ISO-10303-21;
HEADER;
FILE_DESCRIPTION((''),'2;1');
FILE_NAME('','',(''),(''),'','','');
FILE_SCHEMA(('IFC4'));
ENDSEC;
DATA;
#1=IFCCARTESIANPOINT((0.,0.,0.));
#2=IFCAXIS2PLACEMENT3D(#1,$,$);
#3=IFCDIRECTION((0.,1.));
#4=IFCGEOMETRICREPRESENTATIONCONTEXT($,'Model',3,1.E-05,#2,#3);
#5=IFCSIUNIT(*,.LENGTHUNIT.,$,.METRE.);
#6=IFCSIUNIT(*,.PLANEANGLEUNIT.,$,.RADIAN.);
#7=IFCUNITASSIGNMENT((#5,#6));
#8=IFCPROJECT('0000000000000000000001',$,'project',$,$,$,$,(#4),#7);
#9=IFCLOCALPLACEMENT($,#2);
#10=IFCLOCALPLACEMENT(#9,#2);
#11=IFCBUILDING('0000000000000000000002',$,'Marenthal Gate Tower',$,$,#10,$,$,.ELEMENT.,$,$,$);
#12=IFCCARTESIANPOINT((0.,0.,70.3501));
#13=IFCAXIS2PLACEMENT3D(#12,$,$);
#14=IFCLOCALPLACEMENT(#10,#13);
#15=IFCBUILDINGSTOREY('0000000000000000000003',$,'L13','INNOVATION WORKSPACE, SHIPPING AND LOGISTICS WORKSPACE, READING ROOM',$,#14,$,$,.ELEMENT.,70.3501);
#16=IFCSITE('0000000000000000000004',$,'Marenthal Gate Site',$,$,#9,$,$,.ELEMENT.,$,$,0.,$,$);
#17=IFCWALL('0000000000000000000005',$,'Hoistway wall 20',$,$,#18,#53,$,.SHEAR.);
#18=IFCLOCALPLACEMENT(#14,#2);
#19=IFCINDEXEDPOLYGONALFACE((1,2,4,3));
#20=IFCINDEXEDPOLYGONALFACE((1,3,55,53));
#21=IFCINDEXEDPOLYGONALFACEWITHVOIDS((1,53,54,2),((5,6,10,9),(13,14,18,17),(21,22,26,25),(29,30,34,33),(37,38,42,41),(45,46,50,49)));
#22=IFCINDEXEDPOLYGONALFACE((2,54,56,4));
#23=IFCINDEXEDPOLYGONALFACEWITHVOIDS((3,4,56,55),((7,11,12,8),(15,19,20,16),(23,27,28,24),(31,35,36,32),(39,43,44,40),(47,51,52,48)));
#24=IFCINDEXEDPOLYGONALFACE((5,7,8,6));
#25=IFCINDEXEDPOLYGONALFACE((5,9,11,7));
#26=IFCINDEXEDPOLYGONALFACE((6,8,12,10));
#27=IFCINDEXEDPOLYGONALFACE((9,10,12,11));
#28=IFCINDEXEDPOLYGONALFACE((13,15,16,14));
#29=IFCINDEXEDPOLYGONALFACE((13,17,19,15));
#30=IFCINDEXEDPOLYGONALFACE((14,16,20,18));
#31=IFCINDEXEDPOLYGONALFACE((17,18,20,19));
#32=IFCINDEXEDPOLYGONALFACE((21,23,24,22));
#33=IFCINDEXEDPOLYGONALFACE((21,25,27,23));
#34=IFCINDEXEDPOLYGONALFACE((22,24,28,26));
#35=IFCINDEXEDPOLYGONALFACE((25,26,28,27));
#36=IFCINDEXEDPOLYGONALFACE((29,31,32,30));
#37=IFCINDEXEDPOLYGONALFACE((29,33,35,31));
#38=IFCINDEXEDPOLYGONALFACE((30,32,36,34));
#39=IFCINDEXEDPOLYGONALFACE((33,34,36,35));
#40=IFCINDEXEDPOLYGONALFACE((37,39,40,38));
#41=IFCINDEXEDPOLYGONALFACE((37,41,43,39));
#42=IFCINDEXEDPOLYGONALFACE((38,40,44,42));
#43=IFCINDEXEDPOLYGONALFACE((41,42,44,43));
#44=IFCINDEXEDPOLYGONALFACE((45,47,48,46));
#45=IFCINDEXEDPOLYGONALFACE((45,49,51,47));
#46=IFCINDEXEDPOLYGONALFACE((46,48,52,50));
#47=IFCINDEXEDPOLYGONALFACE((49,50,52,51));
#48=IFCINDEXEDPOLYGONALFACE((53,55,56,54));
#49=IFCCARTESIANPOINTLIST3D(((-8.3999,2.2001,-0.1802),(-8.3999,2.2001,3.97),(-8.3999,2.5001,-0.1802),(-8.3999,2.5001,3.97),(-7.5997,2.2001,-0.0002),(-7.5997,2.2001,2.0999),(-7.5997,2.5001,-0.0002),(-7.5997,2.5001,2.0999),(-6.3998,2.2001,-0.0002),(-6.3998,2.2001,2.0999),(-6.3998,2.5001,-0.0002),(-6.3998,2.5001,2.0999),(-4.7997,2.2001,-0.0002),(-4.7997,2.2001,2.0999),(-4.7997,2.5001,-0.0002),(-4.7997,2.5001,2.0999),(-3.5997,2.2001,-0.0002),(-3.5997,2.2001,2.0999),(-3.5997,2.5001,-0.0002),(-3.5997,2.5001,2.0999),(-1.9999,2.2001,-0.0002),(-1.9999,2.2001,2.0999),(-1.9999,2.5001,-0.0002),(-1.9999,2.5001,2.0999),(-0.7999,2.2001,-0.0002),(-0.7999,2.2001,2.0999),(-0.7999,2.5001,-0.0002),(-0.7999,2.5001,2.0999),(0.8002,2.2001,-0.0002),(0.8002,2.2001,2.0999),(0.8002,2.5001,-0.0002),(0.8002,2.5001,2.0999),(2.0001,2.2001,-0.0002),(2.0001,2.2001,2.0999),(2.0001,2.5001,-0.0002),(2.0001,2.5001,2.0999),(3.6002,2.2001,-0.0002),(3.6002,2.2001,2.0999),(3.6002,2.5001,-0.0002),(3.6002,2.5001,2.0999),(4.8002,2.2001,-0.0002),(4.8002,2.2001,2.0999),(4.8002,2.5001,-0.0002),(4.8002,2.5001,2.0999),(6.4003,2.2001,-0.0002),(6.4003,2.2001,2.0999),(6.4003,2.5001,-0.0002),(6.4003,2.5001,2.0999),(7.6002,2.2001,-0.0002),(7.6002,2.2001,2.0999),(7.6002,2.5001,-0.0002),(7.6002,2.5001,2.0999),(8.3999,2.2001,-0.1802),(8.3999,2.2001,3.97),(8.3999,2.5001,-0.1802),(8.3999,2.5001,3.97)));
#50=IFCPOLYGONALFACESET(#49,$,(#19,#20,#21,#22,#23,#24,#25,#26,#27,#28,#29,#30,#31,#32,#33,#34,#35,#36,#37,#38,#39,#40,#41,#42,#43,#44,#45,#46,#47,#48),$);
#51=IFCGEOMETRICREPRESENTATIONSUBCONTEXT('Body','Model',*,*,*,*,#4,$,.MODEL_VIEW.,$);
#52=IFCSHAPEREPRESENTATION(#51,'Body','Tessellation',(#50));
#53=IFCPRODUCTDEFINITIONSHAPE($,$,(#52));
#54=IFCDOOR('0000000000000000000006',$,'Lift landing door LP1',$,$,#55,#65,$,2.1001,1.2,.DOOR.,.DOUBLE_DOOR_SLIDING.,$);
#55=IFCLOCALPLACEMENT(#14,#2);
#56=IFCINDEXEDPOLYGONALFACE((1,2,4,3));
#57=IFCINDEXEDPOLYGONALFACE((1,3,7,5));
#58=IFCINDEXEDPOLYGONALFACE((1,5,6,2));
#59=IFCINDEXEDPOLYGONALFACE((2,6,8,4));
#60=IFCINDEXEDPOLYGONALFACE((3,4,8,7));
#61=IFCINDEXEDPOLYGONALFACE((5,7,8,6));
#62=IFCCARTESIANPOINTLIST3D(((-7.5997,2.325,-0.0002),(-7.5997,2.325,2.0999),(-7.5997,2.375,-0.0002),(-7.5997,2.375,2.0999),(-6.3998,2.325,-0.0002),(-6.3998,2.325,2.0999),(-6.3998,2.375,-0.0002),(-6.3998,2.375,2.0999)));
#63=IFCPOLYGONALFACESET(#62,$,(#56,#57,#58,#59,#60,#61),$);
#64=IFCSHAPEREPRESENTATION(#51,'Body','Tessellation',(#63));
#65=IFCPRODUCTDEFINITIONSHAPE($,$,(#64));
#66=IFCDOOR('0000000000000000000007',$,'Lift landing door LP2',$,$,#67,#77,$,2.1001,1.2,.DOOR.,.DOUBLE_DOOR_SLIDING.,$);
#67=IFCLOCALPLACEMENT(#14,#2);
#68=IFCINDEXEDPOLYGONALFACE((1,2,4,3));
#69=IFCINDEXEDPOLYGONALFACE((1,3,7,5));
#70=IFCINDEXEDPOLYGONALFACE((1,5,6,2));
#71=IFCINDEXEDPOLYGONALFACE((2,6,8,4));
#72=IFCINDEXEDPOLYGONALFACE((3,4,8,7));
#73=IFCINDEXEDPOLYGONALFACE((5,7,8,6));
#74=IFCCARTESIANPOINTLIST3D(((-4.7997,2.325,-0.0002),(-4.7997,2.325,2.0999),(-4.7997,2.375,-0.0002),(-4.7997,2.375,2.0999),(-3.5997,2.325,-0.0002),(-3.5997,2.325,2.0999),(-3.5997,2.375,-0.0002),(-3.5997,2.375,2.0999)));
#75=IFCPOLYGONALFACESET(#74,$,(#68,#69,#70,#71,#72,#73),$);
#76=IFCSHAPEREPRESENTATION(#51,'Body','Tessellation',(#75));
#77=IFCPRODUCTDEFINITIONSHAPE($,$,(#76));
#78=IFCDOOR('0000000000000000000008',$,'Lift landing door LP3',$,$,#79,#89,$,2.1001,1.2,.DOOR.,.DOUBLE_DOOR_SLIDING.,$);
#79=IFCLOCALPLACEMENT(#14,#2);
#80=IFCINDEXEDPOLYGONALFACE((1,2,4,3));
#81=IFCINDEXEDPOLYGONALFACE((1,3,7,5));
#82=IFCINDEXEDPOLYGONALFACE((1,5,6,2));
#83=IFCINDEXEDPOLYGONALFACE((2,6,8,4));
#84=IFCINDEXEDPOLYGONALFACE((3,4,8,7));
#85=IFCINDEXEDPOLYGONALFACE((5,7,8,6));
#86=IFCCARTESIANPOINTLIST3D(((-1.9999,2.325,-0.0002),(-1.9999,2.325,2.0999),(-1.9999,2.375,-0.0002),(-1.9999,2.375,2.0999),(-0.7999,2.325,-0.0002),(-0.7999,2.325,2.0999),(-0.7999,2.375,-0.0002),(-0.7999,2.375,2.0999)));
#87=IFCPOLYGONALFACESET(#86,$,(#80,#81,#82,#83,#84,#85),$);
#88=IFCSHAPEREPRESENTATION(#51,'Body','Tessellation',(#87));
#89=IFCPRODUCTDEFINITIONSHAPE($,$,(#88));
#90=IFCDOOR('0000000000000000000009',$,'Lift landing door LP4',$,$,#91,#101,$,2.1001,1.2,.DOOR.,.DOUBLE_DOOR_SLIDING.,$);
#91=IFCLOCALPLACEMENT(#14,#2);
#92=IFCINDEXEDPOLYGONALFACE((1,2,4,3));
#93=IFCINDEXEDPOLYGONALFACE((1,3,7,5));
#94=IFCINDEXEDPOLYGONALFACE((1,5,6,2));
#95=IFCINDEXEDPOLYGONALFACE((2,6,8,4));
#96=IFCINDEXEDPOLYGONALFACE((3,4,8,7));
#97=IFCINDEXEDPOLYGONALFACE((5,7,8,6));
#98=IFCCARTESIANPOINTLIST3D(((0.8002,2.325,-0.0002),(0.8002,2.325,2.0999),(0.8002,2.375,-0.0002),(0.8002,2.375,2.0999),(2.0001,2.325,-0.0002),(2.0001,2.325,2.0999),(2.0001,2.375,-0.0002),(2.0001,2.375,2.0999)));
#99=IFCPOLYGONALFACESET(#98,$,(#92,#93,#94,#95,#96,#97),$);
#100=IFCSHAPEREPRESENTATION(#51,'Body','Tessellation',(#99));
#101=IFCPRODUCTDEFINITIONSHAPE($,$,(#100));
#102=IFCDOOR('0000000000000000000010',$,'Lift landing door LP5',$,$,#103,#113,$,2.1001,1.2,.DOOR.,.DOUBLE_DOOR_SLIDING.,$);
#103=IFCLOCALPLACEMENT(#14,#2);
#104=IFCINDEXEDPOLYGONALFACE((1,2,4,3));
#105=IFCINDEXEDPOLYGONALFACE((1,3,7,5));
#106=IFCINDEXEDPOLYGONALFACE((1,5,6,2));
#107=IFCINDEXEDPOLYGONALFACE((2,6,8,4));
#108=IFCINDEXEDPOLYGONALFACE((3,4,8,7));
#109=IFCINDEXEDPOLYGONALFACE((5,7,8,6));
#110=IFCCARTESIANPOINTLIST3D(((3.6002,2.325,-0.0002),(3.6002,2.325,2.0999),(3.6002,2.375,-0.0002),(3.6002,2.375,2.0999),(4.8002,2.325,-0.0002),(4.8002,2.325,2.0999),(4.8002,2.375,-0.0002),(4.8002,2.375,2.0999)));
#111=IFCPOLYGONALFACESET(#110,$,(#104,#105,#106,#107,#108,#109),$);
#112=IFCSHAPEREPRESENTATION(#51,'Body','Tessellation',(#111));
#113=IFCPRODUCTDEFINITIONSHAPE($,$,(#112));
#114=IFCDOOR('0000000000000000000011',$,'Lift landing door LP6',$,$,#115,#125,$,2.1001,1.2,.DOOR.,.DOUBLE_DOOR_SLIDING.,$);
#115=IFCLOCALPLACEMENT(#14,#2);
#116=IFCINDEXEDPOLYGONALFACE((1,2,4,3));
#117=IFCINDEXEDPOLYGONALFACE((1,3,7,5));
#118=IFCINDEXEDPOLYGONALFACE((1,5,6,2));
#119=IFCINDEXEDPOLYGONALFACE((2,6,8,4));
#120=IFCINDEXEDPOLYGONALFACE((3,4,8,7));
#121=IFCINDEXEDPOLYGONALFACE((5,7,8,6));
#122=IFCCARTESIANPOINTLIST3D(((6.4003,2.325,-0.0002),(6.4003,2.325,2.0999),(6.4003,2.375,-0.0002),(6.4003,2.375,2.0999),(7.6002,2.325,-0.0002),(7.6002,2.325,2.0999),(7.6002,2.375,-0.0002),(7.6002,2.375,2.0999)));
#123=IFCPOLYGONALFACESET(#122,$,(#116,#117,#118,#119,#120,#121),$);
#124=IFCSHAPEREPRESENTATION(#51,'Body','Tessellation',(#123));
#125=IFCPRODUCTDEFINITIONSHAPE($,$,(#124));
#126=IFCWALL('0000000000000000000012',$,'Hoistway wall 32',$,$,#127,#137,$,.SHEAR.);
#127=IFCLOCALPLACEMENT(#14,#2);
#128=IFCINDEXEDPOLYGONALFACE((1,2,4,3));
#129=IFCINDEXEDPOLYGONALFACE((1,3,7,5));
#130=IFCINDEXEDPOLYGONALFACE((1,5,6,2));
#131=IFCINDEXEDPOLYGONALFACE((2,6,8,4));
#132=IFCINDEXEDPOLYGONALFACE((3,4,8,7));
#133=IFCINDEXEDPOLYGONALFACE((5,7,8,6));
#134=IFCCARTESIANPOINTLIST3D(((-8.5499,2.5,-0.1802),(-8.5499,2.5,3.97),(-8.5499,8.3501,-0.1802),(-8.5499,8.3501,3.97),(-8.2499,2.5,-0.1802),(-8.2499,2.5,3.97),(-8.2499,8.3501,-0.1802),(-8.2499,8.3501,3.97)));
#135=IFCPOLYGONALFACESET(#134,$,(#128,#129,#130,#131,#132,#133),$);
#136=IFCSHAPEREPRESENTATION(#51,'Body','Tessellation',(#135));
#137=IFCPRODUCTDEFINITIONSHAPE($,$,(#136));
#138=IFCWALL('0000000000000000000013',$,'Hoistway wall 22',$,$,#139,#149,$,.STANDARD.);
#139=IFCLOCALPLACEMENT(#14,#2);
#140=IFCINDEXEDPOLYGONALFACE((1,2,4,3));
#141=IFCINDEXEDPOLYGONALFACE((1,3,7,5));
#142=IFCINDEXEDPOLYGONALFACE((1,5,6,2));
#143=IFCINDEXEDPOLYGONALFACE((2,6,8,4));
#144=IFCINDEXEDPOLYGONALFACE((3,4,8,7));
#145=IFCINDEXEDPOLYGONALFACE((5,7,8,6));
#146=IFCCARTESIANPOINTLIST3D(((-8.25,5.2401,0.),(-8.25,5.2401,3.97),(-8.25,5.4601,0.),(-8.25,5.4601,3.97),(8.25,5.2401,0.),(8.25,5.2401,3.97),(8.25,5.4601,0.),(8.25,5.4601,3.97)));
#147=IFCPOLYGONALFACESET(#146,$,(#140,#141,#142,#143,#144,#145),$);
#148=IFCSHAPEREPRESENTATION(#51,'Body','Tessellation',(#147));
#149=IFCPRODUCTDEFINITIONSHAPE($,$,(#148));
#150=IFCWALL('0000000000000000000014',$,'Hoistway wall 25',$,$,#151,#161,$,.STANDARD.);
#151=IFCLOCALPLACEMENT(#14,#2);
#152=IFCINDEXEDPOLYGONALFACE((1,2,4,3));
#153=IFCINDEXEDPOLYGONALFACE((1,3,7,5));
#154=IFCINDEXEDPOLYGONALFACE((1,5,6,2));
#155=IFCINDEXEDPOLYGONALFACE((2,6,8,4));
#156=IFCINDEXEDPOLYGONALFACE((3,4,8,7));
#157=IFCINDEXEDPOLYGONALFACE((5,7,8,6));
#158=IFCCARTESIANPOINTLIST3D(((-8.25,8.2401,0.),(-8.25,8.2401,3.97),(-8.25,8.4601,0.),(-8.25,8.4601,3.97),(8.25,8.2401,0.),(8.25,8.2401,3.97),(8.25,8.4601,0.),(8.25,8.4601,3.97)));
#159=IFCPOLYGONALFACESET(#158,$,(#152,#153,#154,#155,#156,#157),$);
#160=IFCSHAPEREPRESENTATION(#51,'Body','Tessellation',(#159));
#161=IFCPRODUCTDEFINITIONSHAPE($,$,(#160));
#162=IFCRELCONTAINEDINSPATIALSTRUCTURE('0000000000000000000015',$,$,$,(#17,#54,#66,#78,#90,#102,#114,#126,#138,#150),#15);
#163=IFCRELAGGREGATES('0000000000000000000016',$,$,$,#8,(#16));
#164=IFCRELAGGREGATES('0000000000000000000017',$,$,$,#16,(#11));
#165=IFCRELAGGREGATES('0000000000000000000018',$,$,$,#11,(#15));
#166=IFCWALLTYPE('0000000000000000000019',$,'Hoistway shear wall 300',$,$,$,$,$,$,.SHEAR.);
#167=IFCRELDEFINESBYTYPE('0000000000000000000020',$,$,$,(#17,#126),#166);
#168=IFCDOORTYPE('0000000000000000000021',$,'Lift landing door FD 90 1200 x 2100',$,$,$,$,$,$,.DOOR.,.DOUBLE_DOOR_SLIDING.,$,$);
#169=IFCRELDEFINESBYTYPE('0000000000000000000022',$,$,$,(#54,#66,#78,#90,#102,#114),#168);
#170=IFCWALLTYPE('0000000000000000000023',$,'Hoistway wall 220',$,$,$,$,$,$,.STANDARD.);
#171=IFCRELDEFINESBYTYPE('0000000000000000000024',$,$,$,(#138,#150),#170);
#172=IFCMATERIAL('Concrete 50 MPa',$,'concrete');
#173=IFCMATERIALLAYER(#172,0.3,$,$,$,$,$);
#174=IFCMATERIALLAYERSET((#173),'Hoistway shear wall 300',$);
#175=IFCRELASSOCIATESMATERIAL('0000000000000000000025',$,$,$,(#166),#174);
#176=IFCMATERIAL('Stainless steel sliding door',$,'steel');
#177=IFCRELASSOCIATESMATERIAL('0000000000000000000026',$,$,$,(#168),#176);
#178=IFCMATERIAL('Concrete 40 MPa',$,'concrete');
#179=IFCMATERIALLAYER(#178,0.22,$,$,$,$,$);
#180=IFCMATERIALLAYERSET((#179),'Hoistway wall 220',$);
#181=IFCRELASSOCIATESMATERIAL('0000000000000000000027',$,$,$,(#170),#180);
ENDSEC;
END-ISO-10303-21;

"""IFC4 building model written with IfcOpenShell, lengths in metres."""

from ifc_helpers import new_model, si_unit, direction, frame, frame_2d, origin, place, context, subcontext, project, spatial, rectangle, extrude, material, layer, layer_set, type_object, element, fill, save


model = new_model("IFC4")

# Units and contexts
model_context = context("Model", 3, precision=1e-05, world=origin(), true_north=direction((0.0, 1.0)))
body_context = subcontext(model_context, "Body", "Model", "MODEL_VIEW")
ifc_project = project(units=[si_unit("LENGTHUNIT", "METRE"), si_unit("PLANEANGLEUNIT", "RADIAN")], contexts=[model_context])

# Site, building, storey
site_placement = place(None, origin())
site = spatial("IfcSite", under=ifc_project, at=site_placement, Name="Marenthal Gate Site", CompositionType="ELEMENT", RefElevation=0.0)
building_placement = place(site_placement, origin())
building = spatial("IfcBuilding", under=site, at=building_placement, Name="Marenthal Gate Tower", CompositionType="ELEMENT")
storey_placement = place(building_placement, frame((0.0, 0.0, 70.3501)))
storey = spatial("IfcBuildingStorey", under=building, at=storey_placement, Name="L13", Description="INNOVATION WORKSPACE, SHIPPING AND LOGISTICS WORKSPACE, READING ROOM", CompositionType="ELEMENT", Elevation=70.3501)

# Wall, openings, doors
ifc_material_1 = material(Name="Concrete 50 MPa", Category="concrete")
ifc_layer_1 = layer(ifc_material_1, 0.3)
ifc_layer_set_1 = layer_set([ifc_layer_1], Name="Hoistway shear wall 300")
wall_type_1 = type_object("IfcWallType", Name="Hoistway shear wall 300", PredefinedType="SHEAR", material=ifc_layer_set_1)
wall_1_placement = place(storey_placement, frame((-8.3999, 2.3501, -0.1802), z_axis=(0.0, 0.0, 1.0), x_axis=(1.0, 0.0, 0.0)))
wall_1 = element("IfcWall", 1, at=wall_1_placement, inside=storey, type_object=wall_type_1, Name="Hoistway wall 20", PredefinedType="SHEAR", context=body_context, shape_type="SweptSolid", body=[
    extrude(rectangle(XDim=16.7998, YDim=0.3, at=frame_2d((8.3999, 0.0))), origin(), (0.0, 0.0, 1.0), 4.1501),
])
opening_1_placement = place(wall_1_placement, frame((0.8, 0.0, 0.1799)))
opening_1 = element("IfcOpeningElement", 2, at=opening_1_placement, cuts=wall_1, PredefinedType="OPENING", context=body_context, shape_type="SweptSolid", body=[
    extrude(rectangle(XDim=1.2, YDim=2.1001, at=frame_2d((0.6001, 1.05))), frame((0.0, 0.1602, 0.0), z_axis=(0.0, -1.0, 0.0), x_axis=(1.0, 0.0, 0.0)), (0.0, 0.0, 1.0), 0.3201),
])
opening_2_placement = place(wall_1_placement, frame((3.6001, 0.0, 0.1799)))
opening_2 = element("IfcOpeningElement", 3, at=opening_2_placement, cuts=wall_1, PredefinedType="OPENING", context=body_context, shape_type="SweptSolid", body=[
    extrude(rectangle(XDim=1.2, YDim=2.1001, at=frame_2d((0.6001, 1.05))), frame((0.0, 0.1602, 0.0), z_axis=(0.0, -1.0, 0.0), x_axis=(1.0, 0.0, 0.0)), (0.0, 0.0, 1.0), 0.3201),
])
opening_3_placement = place(wall_1_placement, frame((6.3999, 0.0, 0.1799)))
opening_3 = element("IfcOpeningElement", 4, at=opening_3_placement, cuts=wall_1, PredefinedType="OPENING", context=body_context, shape_type="SweptSolid", body=[
    extrude(rectangle(XDim=1.2, YDim=2.1001, at=frame_2d((0.6001, 1.05))), frame((0.0, 0.1602, 0.0), z_axis=(0.0, -1.0, 0.0), x_axis=(1.0, 0.0, 0.0)), (0.0, 0.0, 1.0), 0.3201),
])
opening_4_placement = place(wall_1_placement, frame((9.2, 0.0, 0.1799)))
opening_4 = element("IfcOpeningElement", 5, at=opening_4_placement, cuts=wall_1, PredefinedType="OPENING", context=body_context, shape_type="SweptSolid", body=[
    extrude(rectangle(XDim=1.2, YDim=2.1001, at=frame_2d((0.6001, 1.05))), frame((0.0, 0.1602, 0.0), z_axis=(0.0, -1.0, 0.0), x_axis=(1.0, 0.0, 0.0)), (0.0, 0.0, 1.0), 0.3201),
])
opening_5_placement = place(wall_1_placement, frame((12.0, 0.0, 0.1799)))
opening_5 = element("IfcOpeningElement", 6, at=opening_5_placement, cuts=wall_1, PredefinedType="OPENING", context=body_context, shape_type="SweptSolid", body=[
    extrude(rectangle(XDim=1.2, YDim=2.1001, at=frame_2d((0.6001, 1.05))), frame((0.0, 0.1602, 0.0), z_axis=(0.0, -1.0, 0.0), x_axis=(1.0, 0.0, 0.0)), (0.0, 0.0, 1.0), 0.3201),
])
opening_6_placement = place(wall_1_placement, frame((14.8, 0.0, 0.1799)))
opening_6 = element("IfcOpeningElement", 7, at=opening_6_placement, cuts=wall_1, PredefinedType="OPENING", context=body_context, shape_type="SweptSolid", body=[
    extrude(rectangle(XDim=1.2, YDim=2.1001, at=frame_2d((0.6001, 1.05))), frame((0.0, 0.1602, 0.0), z_axis=(0.0, -1.0, 0.0), x_axis=(1.0, 0.0, 0.0)), (0.0, 0.0, 1.0), 0.3201),
])
ifc_material_2 = material(Name="Stainless steel sliding door", Category="steel")
door_type_1 = type_object("IfcDoorType", Name="Lift landing door FD 90 1200 x 2100", OperationType="DOUBLE_DOOR_SLIDING", PredefinedType="DOOR", material=ifc_material_2)
door_1_placement = place(opening_1_placement, origin())
door_1 = element("IfcDoor", 8, at=door_1_placement, inside=storey, type_object=door_type_1, Name="Lift landing door LP1", OperationType="DOUBLE_DOOR_SLIDING", OverallHeight=2.1001, OverallWidth=1.2, PredefinedType="DOOR", context=body_context, shape_type="SweptSolid", body=[
    extrude(rectangle(XDim=1.2, YDim=2.1001, at=frame_2d((0.6001, 1.05))), frame((0.0, 0.0249, 0.0), z_axis=(0.0, -1.0, 0.0), x_axis=(1.0, 0.0, 0.0)), (0.0, 0.0, 1.0), 0.05),
])
fill(opening_1, door_1)
door_2_placement = place(opening_2_placement, origin())
door_2 = element("IfcDoor", 9, at=door_2_placement, inside=storey, type_object=door_type_1, Name="Lift landing door LP2", OperationType="DOUBLE_DOOR_SLIDING", OverallHeight=2.1001, OverallWidth=1.2, PredefinedType="DOOR", context=body_context, shape_type="SweptSolid", body=[
    extrude(rectangle(XDim=1.2, YDim=2.1001, at=frame_2d((0.6001, 1.05))), frame((0.0, 0.0249, 0.0), z_axis=(0.0, -1.0, 0.0), x_axis=(1.0, 0.0, 0.0)), (0.0, 0.0, 1.0), 0.05),
])
fill(opening_2, door_2)
door_3_placement = place(opening_3_placement, origin())
door_3 = element("IfcDoor", 10, at=door_3_placement, inside=storey, type_object=door_type_1, Name="Lift landing door LP3", OperationType="DOUBLE_DOOR_SLIDING", OverallHeight=2.1001, OverallWidth=1.2, PredefinedType="DOOR", context=body_context, shape_type="SweptSolid", body=[
    extrude(rectangle(XDim=1.2, YDim=2.1001, at=frame_2d((0.6001, 1.05))), frame((0.0, 0.0249, 0.0), z_axis=(0.0, -1.0, 0.0), x_axis=(1.0, 0.0, 0.0)), (0.0, 0.0, 1.0), 0.05),
])
fill(opening_3, door_3)
door_4_placement = place(opening_4_placement, origin())
door_4 = element("IfcDoor", 11, at=door_4_placement, inside=storey, type_object=door_type_1, Name="Lift landing door LP4", OperationType="DOUBLE_DOOR_SLIDING", OverallHeight=2.1001, OverallWidth=1.2, PredefinedType="DOOR", context=body_context, shape_type="SweptSolid", body=[
    extrude(rectangle(XDim=1.2, YDim=2.1001, at=frame_2d((0.6001, 1.05))), frame((0.0, 0.0249, 0.0), z_axis=(0.0, -1.0, 0.0), x_axis=(1.0, 0.0, 0.0)), (0.0, 0.0, 1.0), 0.05),
])
fill(opening_4, door_4)
door_5_placement = place(opening_5_placement, origin())
door_5 = element("IfcDoor", 12, at=door_5_placement, inside=storey, type_object=door_type_1, Name="Lift landing door LP5", OperationType="DOUBLE_DOOR_SLIDING", OverallHeight=2.1001, OverallWidth=1.2, PredefinedType="DOOR", context=body_context, shape_type="SweptSolid", body=[
    extrude(rectangle(XDim=1.2, YDim=2.1001, at=frame_2d((0.6001, 1.05))), frame((0.0, 0.0249, 0.0), z_axis=(0.0, -1.0, 0.0), x_axis=(1.0, 0.0, 0.0)), (0.0, 0.0, 1.0), 0.05),
])
fill(opening_5, door_5)
door_6_placement = place(opening_6_placement, origin())
door_6 = element("IfcDoor", 13, at=door_6_placement, inside=storey, type_object=door_type_1, Name="Lift landing door LP6", OperationType="DOUBLE_DOOR_SLIDING", OverallHeight=2.1001, OverallWidth=1.2, PredefinedType="DOOR", context=body_context, shape_type="SweptSolid", body=[
    extrude(rectangle(XDim=1.2, YDim=2.1001, at=frame_2d((0.6001, 1.05))), frame((0.0, 0.0249, 0.0), z_axis=(0.0, -1.0, 0.0), x_axis=(1.0, 0.0, 0.0)), (0.0, 0.0, 1.0), 0.05),
])
fill(opening_6, door_6)

# Walls
wall_2_placement = place(storey_placement, frame((-8.3999, 2.5, -0.1802), z_axis=(0.0, 0.0, 1.0), x_axis=(0.0, 1.0, 0.0)))
element("IfcWall", 14, at=wall_2_placement, inside=storey, type_object=wall_type_1, Name="Hoistway wall 32", PredefinedType="SHEAR", context=body_context, shape_type="SweptSolid", body=[
    extrude(rectangle(XDim=5.8501, YDim=0.3, at=frame_2d((2.925, 0.0))), origin(), (0.0, 0.0, 1.0), 4.1501),
])
ifc_material_3 = material(Name="Concrete 40 MPa", Category="concrete")
ifc_layer_2 = layer(ifc_material_3, 0.22)
ifc_layer_set_2 = layer_set([ifc_layer_2], Name="Hoistway wall 220")
wall_type_2 = type_object("IfcWallType", Name="Hoistway wall 220", PredefinedType="STANDARD", material=ifc_layer_set_2)
for number, where, z_axis, x_axis, name in (
    (15, (-8.25, 5.3501, 0.0), (0.0, 0.0, 1.0), (1.0, 0.0, 0.0), "Hoistway wall 22"),
    (16, (-8.25, 8.3501, 0.0), (0.0, 0.0, 1.0), (1.0, 0.0, 0.0), "Hoistway wall 25"),
):
    element("IfcWall", number, at=place(storey_placement, frame(where, z_axis=z_axis, x_axis=x_axis)), inside=storey, type_object=wall_type_2, Name=name, PredefinedType="STANDARD", context=body_context, shape_type="SweptSolid", body=[
        extrude(rectangle(XDim=16.5, YDim=0.22, at=frame_2d((8.25, 0.0))), origin(), (0.0, 0.0, 1.0), 3.97),
    ])

save(model, "model.ifc")
